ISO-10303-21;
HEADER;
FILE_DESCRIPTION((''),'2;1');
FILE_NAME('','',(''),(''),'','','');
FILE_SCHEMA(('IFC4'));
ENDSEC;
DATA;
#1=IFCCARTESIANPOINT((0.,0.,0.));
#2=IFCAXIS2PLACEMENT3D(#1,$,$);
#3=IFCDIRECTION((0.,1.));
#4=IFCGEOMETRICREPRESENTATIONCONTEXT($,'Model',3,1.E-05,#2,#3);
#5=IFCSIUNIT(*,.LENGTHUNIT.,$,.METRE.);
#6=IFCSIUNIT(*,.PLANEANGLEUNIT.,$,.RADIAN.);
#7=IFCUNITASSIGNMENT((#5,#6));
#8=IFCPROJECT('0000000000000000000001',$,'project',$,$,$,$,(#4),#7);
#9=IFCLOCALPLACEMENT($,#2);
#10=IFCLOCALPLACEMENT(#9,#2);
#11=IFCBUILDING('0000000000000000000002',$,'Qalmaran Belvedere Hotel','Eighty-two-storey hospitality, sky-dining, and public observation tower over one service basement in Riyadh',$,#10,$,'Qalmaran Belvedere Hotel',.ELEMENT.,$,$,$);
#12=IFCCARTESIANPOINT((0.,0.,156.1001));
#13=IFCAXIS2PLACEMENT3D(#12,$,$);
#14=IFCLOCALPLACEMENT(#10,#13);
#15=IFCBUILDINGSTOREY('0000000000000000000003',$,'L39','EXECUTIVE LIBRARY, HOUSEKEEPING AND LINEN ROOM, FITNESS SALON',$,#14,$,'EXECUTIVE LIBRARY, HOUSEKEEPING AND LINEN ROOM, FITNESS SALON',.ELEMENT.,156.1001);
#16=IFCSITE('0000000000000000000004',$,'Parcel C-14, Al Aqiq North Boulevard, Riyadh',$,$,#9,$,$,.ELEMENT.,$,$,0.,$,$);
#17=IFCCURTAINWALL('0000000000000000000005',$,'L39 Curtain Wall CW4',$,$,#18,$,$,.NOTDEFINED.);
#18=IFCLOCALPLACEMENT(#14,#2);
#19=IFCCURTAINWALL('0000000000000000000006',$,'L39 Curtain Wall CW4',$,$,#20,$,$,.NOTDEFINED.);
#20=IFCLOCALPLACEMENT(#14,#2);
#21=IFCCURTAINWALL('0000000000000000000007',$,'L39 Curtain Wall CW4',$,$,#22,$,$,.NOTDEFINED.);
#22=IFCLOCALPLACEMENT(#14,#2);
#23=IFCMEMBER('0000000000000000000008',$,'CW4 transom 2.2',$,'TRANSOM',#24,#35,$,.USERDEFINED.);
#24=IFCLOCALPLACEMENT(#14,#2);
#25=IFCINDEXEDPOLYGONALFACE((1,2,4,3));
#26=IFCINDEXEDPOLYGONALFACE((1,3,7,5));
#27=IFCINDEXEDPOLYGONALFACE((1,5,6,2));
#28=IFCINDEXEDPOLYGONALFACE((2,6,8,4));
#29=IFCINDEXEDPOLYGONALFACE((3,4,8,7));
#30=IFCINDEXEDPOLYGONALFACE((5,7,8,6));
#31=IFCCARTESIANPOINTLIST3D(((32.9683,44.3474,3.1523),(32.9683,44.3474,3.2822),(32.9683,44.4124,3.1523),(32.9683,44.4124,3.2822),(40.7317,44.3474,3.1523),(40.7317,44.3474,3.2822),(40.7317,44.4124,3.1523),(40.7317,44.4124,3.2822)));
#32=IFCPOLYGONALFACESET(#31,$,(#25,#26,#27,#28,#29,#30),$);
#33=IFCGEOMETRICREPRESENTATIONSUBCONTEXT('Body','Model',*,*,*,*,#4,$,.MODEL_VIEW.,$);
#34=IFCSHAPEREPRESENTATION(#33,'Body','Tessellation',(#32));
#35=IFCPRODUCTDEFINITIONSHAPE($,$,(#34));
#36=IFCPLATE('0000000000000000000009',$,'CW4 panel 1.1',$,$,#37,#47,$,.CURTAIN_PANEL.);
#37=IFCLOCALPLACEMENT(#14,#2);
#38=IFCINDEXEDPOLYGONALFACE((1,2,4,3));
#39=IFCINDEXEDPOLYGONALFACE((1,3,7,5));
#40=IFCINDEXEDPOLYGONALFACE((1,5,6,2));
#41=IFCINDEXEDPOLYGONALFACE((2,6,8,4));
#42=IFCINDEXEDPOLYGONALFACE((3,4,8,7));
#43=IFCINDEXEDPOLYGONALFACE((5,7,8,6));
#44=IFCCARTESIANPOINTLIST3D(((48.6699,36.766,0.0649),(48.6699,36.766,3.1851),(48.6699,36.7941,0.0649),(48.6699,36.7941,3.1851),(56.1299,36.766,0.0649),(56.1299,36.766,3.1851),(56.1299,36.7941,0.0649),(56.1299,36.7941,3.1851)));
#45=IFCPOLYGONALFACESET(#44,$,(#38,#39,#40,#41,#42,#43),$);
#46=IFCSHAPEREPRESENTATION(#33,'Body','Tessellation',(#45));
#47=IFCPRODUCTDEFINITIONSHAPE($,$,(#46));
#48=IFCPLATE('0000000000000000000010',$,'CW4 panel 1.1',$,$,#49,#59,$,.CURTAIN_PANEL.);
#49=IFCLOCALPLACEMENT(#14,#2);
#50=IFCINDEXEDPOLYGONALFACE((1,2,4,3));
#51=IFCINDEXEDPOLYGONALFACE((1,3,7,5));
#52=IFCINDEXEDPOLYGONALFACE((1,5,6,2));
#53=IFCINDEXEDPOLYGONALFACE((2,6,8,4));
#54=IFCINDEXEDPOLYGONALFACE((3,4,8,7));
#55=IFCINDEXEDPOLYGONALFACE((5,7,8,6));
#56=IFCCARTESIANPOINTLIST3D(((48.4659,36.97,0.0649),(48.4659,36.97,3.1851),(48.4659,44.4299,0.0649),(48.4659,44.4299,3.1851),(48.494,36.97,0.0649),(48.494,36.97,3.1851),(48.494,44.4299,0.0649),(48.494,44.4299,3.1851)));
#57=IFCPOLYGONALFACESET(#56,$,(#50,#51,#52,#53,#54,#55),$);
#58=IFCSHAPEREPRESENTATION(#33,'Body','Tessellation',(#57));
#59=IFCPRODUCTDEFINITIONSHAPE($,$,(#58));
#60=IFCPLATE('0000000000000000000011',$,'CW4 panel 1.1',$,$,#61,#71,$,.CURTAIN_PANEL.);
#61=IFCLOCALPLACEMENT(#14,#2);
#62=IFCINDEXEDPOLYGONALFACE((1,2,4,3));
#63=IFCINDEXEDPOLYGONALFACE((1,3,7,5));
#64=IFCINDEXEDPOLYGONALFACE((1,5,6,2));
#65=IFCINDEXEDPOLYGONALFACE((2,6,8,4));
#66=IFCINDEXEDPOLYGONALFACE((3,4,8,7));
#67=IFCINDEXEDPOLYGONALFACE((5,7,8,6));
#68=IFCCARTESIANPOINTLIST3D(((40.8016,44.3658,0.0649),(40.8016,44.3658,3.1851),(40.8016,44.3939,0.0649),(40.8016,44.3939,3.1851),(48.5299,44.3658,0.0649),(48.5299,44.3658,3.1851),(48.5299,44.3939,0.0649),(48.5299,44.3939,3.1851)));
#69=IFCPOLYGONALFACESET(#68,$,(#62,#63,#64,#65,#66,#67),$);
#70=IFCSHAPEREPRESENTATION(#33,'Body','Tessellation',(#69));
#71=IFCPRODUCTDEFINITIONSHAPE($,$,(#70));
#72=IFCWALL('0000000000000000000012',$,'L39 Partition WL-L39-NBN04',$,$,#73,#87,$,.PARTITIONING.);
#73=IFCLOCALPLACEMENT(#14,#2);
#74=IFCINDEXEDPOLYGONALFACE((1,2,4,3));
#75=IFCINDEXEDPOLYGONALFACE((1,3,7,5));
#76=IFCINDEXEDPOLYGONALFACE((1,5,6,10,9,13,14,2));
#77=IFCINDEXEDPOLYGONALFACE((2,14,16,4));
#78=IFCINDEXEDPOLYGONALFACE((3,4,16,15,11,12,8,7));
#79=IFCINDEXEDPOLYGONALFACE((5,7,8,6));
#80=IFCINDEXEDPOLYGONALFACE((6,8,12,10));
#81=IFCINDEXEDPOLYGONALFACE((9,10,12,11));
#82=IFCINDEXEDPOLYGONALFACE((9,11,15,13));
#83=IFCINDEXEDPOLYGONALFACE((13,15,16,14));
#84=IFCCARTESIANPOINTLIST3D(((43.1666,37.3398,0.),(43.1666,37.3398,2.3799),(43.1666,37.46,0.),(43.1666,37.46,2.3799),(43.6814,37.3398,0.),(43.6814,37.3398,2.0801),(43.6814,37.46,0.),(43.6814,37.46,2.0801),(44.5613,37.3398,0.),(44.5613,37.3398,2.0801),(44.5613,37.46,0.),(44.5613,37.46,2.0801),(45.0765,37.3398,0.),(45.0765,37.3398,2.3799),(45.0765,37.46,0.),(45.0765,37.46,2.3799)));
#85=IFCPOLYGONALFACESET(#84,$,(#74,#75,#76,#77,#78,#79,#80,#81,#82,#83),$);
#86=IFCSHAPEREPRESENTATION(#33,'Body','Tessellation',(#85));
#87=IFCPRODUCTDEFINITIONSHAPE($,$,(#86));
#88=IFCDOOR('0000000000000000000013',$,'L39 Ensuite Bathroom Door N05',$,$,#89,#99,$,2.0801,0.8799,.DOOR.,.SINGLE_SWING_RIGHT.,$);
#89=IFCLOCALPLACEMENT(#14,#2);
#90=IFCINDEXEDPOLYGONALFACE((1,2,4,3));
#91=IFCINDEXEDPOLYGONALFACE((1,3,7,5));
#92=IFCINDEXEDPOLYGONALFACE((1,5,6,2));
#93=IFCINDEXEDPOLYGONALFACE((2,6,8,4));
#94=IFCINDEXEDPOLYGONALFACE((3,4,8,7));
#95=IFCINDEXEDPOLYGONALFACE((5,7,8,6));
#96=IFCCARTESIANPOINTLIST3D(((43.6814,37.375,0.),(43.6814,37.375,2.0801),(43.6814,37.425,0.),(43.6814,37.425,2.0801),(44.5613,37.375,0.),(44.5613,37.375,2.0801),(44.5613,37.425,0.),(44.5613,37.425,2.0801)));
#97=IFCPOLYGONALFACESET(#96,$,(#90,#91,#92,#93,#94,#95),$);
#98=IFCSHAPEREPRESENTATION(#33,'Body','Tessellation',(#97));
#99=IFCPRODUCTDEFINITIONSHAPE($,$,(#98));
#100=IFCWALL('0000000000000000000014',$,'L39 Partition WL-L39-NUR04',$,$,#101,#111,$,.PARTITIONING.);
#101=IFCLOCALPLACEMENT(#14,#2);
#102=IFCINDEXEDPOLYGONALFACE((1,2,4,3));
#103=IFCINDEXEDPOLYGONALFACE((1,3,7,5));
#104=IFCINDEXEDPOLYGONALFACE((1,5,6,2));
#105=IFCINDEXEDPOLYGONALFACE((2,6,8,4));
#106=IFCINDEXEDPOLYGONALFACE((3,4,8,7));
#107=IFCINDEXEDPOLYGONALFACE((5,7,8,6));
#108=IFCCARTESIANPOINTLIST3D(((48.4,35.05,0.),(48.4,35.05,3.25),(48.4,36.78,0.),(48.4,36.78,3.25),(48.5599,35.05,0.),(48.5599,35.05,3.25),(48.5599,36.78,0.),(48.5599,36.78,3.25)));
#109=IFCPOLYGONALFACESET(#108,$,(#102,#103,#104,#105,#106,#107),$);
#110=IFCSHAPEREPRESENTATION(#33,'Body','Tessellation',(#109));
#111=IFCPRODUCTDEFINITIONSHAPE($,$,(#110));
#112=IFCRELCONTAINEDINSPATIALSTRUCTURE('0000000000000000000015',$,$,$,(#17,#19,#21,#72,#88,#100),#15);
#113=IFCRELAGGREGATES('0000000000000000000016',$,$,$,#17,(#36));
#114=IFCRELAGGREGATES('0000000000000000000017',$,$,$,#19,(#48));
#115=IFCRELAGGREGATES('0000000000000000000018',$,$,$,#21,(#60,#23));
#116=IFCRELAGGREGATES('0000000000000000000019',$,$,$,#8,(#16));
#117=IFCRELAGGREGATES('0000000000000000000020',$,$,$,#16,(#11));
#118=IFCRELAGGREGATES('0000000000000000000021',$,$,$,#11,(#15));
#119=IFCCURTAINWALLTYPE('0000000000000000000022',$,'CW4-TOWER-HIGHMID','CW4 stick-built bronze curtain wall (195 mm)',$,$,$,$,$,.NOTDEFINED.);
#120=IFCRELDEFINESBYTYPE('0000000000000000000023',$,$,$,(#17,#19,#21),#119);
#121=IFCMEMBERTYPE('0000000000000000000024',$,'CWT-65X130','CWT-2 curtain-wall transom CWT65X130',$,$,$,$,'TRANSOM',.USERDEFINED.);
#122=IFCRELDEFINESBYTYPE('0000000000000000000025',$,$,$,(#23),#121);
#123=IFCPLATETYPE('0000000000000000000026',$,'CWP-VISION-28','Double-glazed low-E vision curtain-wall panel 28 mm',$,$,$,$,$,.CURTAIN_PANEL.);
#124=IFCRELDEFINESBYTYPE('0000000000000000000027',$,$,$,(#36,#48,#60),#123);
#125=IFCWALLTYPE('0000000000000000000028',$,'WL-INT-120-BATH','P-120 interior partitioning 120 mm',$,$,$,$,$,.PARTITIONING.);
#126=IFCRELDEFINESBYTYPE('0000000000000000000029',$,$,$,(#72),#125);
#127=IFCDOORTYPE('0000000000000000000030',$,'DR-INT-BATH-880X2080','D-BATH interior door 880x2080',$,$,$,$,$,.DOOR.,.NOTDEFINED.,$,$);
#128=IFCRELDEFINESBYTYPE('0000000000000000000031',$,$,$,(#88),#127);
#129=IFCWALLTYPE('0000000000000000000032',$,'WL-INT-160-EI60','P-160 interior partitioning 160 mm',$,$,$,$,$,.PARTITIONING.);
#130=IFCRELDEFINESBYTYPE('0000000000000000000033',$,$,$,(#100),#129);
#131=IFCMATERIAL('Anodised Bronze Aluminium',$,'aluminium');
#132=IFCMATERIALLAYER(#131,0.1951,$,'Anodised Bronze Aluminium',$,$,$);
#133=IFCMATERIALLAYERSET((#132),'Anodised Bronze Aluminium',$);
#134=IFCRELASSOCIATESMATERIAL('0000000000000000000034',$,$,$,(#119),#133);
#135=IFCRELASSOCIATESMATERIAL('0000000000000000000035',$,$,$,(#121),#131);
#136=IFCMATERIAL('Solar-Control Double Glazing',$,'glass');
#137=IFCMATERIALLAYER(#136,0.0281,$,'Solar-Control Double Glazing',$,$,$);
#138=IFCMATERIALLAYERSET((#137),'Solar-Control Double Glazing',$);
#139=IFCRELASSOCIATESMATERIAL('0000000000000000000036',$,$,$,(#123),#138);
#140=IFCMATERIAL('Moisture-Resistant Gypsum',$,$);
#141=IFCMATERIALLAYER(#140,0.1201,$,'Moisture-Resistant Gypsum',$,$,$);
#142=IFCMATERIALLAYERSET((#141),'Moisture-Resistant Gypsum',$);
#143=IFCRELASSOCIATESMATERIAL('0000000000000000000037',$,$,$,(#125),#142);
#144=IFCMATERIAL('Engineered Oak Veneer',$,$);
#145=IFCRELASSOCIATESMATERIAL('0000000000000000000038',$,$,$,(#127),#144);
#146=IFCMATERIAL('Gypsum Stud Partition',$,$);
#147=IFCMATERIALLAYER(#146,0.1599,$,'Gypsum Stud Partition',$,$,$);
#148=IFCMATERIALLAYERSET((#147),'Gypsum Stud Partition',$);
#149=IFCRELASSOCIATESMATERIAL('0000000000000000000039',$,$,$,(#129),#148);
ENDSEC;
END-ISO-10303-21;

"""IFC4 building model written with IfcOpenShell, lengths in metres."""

from ifc_helpers import new_model, si_unit, direction, frame, frame_2d, origin, origin_2d, place, context, subcontext, project, spatial, rectangle, extrude, material, layer, layer_set, material_profile, profile_set, type_object, element, fill, aggregate, save


model = new_model("IFC4")

# Units and contexts
model_context = context("Model", 3, precision=1e-05, world=origin(), true_north=direction((0.0, 1.0)))
body_context = subcontext(model_context, "Body", "Model", "MODEL_VIEW")
ifc_project = project(units=[si_unit("LENGTHUNIT", "METRE"), si_unit("PLANEANGLEUNIT", "RADIAN")], contexts=[model_context])

# Site, building, storey
site_placement = place(None, origin())
site = spatial("IfcSite", under=ifc_project, at=site_placement, Name="Parcel C-14, Al Aqiq North Boulevard, Riyadh", CompositionType="ELEMENT", RefElevation=0.0)
building_placement = place(site_placement, origin())
building = spatial("IfcBuilding", under=site, at=building_placement, Name="Qalmaran Belvedere Hotel", Description="Eighty-two-storey hospitality, sky-dining, and public observation tower over one service basement in Riyadh", LongName="Qalmaran Belvedere Hotel", CompositionType="ELEMENT")
storey_placement = place(building_placement, frame((0.0, 0.0, 156.1001)))
storey = spatial("IfcBuildingStorey", under=building, at=storey_placement, Name="L39", Description="EXECUTIVE LIBRARY, HOUSEKEEPING AND LINEN ROOM, FITNESS SALON", LongName="EXECUTIVE LIBRARY, HOUSEKEEPING AND LINEN ROOM, FITNESS SALON", CompositionType="ELEMENT", Elevation=156.1001)

# Shared definitions
ifc_material_1 = material(Name="Anodised Bronze Aluminium", Category="aluminium")
ifc_layer_1 = layer(ifc_material_1, 0.1951, Name="Anodised Bronze Aluminium")
ifc_layer_set_1 = layer_set([ifc_layer_1], Name="Anodised Bronze Aluminium")
curtain_wall_type = type_object("IfcCurtainWallType", Name="CW4-TOWER-HIGHMID", Description="CW4 stick-built bronze curtain wall (195 mm)", PredefinedType="NOTDEFINED", material=ifc_layer_set_1)

# Curtain walls
curtain_wall_1_placement = place(storey_placement, origin())
curtain_wall_1 = element("IfcCurtainWall", 1, at=curtain_wall_1_placement, inside=storey, type_object=curtain_wall_type, Name="L39 Curtain Wall CW4", PredefinedType="NOTDEFINED")
curtain_wall_2_placement = place(storey_placement, origin())
curtain_wall_2 = element("IfcCurtainWall", 2, at=curtain_wall_2_placement, inside=storey, type_object=curtain_wall_type, Name="L39 Curtain Wall CW4", PredefinedType="NOTDEFINED")
curtain_wall_3_placement = place(storey_placement, origin())
curtain_wall_3 = element("IfcCurtainWall", 3, at=curtain_wall_3_placement, inside=storey, type_object=curtain_wall_type, Name="L39 Curtain Wall CW4", PredefinedType="NOTDEFINED")

# Member
ifc_material_profile_1 = material_profile(ifc_material_1, rectangle(XDim=0.0649, YDim=0.1299, at=origin_2d()), Name="CWT65X130")
ifc_profile_set_1 = profile_set([ifc_material_profile_1], Name="Anodised Bronze Aluminium")
member_type_1 = type_object("IfcMemberType", Name="CWT-65X130", Description="CWT-2 curtain-wall transom CWT65X130", ElementType="TRANSOM", PredefinedType="USERDEFINED", material=ifc_profile_set_1)
member_1_placement = place(storey_placement, frame((40.7317, 44.3799, 3.2173), z_axis=(-1.0, 0.0, 0.0), x_axis=(0.0, -1.0, 0.0)))
member_1 = element("IfcMember", 4, at=member_1_placement, type_object=member_type_1, Name="CW4 transom 2.2", ObjectType="TRANSOM", PredefinedType="USERDEFINED", context=body_context, shape_type="SweptSolid", body=[
    extrude(rectangle(XDim=0.0649, YDim=0.1299, at=origin_2d()), origin(), (0.0, 0.0, 1.0), 7.7634),
])

# Plates
ifc_material_2 = material(Name="Solar-Control Double Glazing", Category="glass")
ifc_layer_2 = layer(ifc_material_2, 0.0281, Name="Solar-Control Double Glazing")
ifc_layer_set_2 = layer_set([ifc_layer_2], Name="Solar-Control Double Glazing")
plate_type = type_object("IfcPlateType", Name="CWP-VISION-28", Description="Double-glazed low-E vision curtain-wall panel 28 mm", PredefinedType="CURTAIN_PANEL", material=ifc_layer_set_2)
plate_1_placement = place(storey_placement, frame((52.3999, 36.78, 0.0649), z_axis=(0.0, 0.0, 1.0), x_axis=(-1.0, 0.0, 0.0)))
plate_1 = element("IfcPlate", 5, at=plate_1_placement, type_object=plate_type, Name="CW4 panel 1.1", PredefinedType="CURTAIN_PANEL", context=body_context, shape_type="SweptSolid", body=[
    extrude(rectangle(XDim=7.46, YDim=0.0281, at=origin_2d()), origin(), (0.0, 0.0, 1.0), 3.1201),
])
aggregate(curtain_wall_1, [plate_1])
plate_2_placement = place(storey_placement, frame((48.48, 40.7, 0.0649), z_axis=(0.0, 0.0, 1.0), x_axis=(0.0, 1.0, 0.0)))
plate_2 = element("IfcPlate", 6, at=plate_2_placement, type_object=plate_type, Name="CW4 panel 1.1", PredefinedType="CURTAIN_PANEL", context=body_context, shape_type="SweptSolid", body=[
    extrude(rectangle(XDim=7.46, YDim=0.0281, at=origin_2d()), origin(), (0.0, 0.0, 1.0), 3.1201),
])
aggregate(curtain_wall_2, [plate_2])
plate_3_placement = place(storey_placement, frame((44.6658, 44.3799, 0.0649), z_axis=(0.0, 0.0, 1.0), x_axis=(-1.0, 0.0, 0.0)))
plate_3 = element("IfcPlate", 7, at=plate_3_placement, type_object=plate_type, Name="CW4 panel 1.1", PredefinedType="CURTAIN_PANEL", context=body_context, shape_type="SweptSolid", body=[
    extrude(rectangle(XDim=7.7283, YDim=0.0281, at=origin_2d()), origin(), (0.0, 0.0, 1.0), 3.1201),
])
aggregate(curtain_wall_3, [plate_3, member_1])

# Wall, opening, door
ifc_material_3 = material(Name="Moisture-Resistant Gypsum")
ifc_layer_3 = layer(ifc_material_3, 0.1201, Name="Moisture-Resistant Gypsum")
ifc_layer_set_3 = layer_set([ifc_layer_3], Name="Moisture-Resistant Gypsum")
wall_type_1 = type_object("IfcWallType", Name="WL-INT-120-BATH", Description="P-120 interior partitioning 120 mm", PredefinedType="PARTITIONING", material=ifc_layer_set_3)
wall_1_placement = place(storey_placement, frame((43.1665, 37.3999, 0.0), z_axis=(0.0, 0.0, 1.0), x_axis=(1.0, 0.0, 0.0)))
wall_1 = element("IfcWall", 8, at=wall_1_placement, inside=storey, type_object=wall_type_1, Name="L39 Partition WL-L39-NBN04", PredefinedType="PARTITIONING", context=body_context, shape_type="SweptSolid", body=[
    extrude(rectangle(XDim=1.9099, YDim=0.1201, at=frame_2d((0.9551, 0.0))), origin(), (0.0, 0.0, 1.0), 2.3799),
])
opening_placement = place(wall_1_placement, frame((1.3948, 0.0, 0.0), z_axis=(0.0, 0.0, 1.0), x_axis=(-1.0, 0.0, 0.0)))
opening = element("IfcOpeningElement", 9, at=opening_placement, cuts=wall_1, PredefinedType="OPENING", context=body_context, shape_type="SweptSolid", body=[
    extrude(rectangle(XDim=0.8799, YDim=2.0801, at=frame_2d((0.4399, 1.04))), frame((0.0, 0.0701, 0.0), z_axis=(0.0, -1.0, 0.0), x_axis=(1.0, 0.0, 0.0)), (0.0, 0.0, 1.0), 0.1401),
])
ifc_material_4 = material(Name="Engineered Oak Veneer")
door_type = type_object("IfcDoorType", Name="DR-INT-BATH-880X2080", Description="D-BATH interior door 880x2080", OperationType="NOTDEFINED", PredefinedType="DOOR", material=ifc_material_4)
door_placement = place(opening_placement, origin())
door = element("IfcDoor", 10, at=door_placement, inside=storey, type_object=door_type, Name="L39 Ensuite Bathroom Door N05", OperationType="SINGLE_SWING_RIGHT", OverallHeight=2.0801, OverallWidth=0.8799, PredefinedType="DOOR", context=body_context, shape_type="SweptSolid", body=[
    extrude(rectangle(XDim=0.8799, YDim=2.0801, at=frame_2d((0.4399, 1.04))), frame((0.0, 0.0249, 0.0), z_axis=(0.0, -1.0, 0.0), x_axis=(1.0, 0.0, 0.0)), (0.0, 0.0, 1.0), 0.05),
])
fill(opening, door)

# Wall
ifc_material_5 = material(Name="Gypsum Stud Partition")
ifc_layer_4 = layer(ifc_material_5, 0.1599, Name="Gypsum Stud Partition")
ifc_layer_set_4 = layer_set([ifc_layer_4], Name="Gypsum Stud Partition")
wall_type_2 = type_object("IfcWallType", Name="WL-INT-160-EI60", Description="P-160 interior partitioning 160 mm", PredefinedType="PARTITIONING", material=ifc_layer_set_4)
wall_2_placement = place(storey_placement, frame((48.48, 35.05, 0.0), z_axis=(0.0, 0.0, 1.0), x_axis=(0.0, 1.0, 0.0)))
element("IfcWall", 11, at=wall_2_placement, inside=storey, type_object=wall_type_2, Name="L39 Partition WL-L39-NUR04", PredefinedType="PARTITIONING", context=body_context, shape_type="SweptSolid", body=[
    extrude(rectangle(XDim=1.73, YDim=0.1599, at=frame_2d((0.865, 0.0))), origin(), (0.0, 0.0, 1.0), 3.25),
])

save(model, "model.ifc")
